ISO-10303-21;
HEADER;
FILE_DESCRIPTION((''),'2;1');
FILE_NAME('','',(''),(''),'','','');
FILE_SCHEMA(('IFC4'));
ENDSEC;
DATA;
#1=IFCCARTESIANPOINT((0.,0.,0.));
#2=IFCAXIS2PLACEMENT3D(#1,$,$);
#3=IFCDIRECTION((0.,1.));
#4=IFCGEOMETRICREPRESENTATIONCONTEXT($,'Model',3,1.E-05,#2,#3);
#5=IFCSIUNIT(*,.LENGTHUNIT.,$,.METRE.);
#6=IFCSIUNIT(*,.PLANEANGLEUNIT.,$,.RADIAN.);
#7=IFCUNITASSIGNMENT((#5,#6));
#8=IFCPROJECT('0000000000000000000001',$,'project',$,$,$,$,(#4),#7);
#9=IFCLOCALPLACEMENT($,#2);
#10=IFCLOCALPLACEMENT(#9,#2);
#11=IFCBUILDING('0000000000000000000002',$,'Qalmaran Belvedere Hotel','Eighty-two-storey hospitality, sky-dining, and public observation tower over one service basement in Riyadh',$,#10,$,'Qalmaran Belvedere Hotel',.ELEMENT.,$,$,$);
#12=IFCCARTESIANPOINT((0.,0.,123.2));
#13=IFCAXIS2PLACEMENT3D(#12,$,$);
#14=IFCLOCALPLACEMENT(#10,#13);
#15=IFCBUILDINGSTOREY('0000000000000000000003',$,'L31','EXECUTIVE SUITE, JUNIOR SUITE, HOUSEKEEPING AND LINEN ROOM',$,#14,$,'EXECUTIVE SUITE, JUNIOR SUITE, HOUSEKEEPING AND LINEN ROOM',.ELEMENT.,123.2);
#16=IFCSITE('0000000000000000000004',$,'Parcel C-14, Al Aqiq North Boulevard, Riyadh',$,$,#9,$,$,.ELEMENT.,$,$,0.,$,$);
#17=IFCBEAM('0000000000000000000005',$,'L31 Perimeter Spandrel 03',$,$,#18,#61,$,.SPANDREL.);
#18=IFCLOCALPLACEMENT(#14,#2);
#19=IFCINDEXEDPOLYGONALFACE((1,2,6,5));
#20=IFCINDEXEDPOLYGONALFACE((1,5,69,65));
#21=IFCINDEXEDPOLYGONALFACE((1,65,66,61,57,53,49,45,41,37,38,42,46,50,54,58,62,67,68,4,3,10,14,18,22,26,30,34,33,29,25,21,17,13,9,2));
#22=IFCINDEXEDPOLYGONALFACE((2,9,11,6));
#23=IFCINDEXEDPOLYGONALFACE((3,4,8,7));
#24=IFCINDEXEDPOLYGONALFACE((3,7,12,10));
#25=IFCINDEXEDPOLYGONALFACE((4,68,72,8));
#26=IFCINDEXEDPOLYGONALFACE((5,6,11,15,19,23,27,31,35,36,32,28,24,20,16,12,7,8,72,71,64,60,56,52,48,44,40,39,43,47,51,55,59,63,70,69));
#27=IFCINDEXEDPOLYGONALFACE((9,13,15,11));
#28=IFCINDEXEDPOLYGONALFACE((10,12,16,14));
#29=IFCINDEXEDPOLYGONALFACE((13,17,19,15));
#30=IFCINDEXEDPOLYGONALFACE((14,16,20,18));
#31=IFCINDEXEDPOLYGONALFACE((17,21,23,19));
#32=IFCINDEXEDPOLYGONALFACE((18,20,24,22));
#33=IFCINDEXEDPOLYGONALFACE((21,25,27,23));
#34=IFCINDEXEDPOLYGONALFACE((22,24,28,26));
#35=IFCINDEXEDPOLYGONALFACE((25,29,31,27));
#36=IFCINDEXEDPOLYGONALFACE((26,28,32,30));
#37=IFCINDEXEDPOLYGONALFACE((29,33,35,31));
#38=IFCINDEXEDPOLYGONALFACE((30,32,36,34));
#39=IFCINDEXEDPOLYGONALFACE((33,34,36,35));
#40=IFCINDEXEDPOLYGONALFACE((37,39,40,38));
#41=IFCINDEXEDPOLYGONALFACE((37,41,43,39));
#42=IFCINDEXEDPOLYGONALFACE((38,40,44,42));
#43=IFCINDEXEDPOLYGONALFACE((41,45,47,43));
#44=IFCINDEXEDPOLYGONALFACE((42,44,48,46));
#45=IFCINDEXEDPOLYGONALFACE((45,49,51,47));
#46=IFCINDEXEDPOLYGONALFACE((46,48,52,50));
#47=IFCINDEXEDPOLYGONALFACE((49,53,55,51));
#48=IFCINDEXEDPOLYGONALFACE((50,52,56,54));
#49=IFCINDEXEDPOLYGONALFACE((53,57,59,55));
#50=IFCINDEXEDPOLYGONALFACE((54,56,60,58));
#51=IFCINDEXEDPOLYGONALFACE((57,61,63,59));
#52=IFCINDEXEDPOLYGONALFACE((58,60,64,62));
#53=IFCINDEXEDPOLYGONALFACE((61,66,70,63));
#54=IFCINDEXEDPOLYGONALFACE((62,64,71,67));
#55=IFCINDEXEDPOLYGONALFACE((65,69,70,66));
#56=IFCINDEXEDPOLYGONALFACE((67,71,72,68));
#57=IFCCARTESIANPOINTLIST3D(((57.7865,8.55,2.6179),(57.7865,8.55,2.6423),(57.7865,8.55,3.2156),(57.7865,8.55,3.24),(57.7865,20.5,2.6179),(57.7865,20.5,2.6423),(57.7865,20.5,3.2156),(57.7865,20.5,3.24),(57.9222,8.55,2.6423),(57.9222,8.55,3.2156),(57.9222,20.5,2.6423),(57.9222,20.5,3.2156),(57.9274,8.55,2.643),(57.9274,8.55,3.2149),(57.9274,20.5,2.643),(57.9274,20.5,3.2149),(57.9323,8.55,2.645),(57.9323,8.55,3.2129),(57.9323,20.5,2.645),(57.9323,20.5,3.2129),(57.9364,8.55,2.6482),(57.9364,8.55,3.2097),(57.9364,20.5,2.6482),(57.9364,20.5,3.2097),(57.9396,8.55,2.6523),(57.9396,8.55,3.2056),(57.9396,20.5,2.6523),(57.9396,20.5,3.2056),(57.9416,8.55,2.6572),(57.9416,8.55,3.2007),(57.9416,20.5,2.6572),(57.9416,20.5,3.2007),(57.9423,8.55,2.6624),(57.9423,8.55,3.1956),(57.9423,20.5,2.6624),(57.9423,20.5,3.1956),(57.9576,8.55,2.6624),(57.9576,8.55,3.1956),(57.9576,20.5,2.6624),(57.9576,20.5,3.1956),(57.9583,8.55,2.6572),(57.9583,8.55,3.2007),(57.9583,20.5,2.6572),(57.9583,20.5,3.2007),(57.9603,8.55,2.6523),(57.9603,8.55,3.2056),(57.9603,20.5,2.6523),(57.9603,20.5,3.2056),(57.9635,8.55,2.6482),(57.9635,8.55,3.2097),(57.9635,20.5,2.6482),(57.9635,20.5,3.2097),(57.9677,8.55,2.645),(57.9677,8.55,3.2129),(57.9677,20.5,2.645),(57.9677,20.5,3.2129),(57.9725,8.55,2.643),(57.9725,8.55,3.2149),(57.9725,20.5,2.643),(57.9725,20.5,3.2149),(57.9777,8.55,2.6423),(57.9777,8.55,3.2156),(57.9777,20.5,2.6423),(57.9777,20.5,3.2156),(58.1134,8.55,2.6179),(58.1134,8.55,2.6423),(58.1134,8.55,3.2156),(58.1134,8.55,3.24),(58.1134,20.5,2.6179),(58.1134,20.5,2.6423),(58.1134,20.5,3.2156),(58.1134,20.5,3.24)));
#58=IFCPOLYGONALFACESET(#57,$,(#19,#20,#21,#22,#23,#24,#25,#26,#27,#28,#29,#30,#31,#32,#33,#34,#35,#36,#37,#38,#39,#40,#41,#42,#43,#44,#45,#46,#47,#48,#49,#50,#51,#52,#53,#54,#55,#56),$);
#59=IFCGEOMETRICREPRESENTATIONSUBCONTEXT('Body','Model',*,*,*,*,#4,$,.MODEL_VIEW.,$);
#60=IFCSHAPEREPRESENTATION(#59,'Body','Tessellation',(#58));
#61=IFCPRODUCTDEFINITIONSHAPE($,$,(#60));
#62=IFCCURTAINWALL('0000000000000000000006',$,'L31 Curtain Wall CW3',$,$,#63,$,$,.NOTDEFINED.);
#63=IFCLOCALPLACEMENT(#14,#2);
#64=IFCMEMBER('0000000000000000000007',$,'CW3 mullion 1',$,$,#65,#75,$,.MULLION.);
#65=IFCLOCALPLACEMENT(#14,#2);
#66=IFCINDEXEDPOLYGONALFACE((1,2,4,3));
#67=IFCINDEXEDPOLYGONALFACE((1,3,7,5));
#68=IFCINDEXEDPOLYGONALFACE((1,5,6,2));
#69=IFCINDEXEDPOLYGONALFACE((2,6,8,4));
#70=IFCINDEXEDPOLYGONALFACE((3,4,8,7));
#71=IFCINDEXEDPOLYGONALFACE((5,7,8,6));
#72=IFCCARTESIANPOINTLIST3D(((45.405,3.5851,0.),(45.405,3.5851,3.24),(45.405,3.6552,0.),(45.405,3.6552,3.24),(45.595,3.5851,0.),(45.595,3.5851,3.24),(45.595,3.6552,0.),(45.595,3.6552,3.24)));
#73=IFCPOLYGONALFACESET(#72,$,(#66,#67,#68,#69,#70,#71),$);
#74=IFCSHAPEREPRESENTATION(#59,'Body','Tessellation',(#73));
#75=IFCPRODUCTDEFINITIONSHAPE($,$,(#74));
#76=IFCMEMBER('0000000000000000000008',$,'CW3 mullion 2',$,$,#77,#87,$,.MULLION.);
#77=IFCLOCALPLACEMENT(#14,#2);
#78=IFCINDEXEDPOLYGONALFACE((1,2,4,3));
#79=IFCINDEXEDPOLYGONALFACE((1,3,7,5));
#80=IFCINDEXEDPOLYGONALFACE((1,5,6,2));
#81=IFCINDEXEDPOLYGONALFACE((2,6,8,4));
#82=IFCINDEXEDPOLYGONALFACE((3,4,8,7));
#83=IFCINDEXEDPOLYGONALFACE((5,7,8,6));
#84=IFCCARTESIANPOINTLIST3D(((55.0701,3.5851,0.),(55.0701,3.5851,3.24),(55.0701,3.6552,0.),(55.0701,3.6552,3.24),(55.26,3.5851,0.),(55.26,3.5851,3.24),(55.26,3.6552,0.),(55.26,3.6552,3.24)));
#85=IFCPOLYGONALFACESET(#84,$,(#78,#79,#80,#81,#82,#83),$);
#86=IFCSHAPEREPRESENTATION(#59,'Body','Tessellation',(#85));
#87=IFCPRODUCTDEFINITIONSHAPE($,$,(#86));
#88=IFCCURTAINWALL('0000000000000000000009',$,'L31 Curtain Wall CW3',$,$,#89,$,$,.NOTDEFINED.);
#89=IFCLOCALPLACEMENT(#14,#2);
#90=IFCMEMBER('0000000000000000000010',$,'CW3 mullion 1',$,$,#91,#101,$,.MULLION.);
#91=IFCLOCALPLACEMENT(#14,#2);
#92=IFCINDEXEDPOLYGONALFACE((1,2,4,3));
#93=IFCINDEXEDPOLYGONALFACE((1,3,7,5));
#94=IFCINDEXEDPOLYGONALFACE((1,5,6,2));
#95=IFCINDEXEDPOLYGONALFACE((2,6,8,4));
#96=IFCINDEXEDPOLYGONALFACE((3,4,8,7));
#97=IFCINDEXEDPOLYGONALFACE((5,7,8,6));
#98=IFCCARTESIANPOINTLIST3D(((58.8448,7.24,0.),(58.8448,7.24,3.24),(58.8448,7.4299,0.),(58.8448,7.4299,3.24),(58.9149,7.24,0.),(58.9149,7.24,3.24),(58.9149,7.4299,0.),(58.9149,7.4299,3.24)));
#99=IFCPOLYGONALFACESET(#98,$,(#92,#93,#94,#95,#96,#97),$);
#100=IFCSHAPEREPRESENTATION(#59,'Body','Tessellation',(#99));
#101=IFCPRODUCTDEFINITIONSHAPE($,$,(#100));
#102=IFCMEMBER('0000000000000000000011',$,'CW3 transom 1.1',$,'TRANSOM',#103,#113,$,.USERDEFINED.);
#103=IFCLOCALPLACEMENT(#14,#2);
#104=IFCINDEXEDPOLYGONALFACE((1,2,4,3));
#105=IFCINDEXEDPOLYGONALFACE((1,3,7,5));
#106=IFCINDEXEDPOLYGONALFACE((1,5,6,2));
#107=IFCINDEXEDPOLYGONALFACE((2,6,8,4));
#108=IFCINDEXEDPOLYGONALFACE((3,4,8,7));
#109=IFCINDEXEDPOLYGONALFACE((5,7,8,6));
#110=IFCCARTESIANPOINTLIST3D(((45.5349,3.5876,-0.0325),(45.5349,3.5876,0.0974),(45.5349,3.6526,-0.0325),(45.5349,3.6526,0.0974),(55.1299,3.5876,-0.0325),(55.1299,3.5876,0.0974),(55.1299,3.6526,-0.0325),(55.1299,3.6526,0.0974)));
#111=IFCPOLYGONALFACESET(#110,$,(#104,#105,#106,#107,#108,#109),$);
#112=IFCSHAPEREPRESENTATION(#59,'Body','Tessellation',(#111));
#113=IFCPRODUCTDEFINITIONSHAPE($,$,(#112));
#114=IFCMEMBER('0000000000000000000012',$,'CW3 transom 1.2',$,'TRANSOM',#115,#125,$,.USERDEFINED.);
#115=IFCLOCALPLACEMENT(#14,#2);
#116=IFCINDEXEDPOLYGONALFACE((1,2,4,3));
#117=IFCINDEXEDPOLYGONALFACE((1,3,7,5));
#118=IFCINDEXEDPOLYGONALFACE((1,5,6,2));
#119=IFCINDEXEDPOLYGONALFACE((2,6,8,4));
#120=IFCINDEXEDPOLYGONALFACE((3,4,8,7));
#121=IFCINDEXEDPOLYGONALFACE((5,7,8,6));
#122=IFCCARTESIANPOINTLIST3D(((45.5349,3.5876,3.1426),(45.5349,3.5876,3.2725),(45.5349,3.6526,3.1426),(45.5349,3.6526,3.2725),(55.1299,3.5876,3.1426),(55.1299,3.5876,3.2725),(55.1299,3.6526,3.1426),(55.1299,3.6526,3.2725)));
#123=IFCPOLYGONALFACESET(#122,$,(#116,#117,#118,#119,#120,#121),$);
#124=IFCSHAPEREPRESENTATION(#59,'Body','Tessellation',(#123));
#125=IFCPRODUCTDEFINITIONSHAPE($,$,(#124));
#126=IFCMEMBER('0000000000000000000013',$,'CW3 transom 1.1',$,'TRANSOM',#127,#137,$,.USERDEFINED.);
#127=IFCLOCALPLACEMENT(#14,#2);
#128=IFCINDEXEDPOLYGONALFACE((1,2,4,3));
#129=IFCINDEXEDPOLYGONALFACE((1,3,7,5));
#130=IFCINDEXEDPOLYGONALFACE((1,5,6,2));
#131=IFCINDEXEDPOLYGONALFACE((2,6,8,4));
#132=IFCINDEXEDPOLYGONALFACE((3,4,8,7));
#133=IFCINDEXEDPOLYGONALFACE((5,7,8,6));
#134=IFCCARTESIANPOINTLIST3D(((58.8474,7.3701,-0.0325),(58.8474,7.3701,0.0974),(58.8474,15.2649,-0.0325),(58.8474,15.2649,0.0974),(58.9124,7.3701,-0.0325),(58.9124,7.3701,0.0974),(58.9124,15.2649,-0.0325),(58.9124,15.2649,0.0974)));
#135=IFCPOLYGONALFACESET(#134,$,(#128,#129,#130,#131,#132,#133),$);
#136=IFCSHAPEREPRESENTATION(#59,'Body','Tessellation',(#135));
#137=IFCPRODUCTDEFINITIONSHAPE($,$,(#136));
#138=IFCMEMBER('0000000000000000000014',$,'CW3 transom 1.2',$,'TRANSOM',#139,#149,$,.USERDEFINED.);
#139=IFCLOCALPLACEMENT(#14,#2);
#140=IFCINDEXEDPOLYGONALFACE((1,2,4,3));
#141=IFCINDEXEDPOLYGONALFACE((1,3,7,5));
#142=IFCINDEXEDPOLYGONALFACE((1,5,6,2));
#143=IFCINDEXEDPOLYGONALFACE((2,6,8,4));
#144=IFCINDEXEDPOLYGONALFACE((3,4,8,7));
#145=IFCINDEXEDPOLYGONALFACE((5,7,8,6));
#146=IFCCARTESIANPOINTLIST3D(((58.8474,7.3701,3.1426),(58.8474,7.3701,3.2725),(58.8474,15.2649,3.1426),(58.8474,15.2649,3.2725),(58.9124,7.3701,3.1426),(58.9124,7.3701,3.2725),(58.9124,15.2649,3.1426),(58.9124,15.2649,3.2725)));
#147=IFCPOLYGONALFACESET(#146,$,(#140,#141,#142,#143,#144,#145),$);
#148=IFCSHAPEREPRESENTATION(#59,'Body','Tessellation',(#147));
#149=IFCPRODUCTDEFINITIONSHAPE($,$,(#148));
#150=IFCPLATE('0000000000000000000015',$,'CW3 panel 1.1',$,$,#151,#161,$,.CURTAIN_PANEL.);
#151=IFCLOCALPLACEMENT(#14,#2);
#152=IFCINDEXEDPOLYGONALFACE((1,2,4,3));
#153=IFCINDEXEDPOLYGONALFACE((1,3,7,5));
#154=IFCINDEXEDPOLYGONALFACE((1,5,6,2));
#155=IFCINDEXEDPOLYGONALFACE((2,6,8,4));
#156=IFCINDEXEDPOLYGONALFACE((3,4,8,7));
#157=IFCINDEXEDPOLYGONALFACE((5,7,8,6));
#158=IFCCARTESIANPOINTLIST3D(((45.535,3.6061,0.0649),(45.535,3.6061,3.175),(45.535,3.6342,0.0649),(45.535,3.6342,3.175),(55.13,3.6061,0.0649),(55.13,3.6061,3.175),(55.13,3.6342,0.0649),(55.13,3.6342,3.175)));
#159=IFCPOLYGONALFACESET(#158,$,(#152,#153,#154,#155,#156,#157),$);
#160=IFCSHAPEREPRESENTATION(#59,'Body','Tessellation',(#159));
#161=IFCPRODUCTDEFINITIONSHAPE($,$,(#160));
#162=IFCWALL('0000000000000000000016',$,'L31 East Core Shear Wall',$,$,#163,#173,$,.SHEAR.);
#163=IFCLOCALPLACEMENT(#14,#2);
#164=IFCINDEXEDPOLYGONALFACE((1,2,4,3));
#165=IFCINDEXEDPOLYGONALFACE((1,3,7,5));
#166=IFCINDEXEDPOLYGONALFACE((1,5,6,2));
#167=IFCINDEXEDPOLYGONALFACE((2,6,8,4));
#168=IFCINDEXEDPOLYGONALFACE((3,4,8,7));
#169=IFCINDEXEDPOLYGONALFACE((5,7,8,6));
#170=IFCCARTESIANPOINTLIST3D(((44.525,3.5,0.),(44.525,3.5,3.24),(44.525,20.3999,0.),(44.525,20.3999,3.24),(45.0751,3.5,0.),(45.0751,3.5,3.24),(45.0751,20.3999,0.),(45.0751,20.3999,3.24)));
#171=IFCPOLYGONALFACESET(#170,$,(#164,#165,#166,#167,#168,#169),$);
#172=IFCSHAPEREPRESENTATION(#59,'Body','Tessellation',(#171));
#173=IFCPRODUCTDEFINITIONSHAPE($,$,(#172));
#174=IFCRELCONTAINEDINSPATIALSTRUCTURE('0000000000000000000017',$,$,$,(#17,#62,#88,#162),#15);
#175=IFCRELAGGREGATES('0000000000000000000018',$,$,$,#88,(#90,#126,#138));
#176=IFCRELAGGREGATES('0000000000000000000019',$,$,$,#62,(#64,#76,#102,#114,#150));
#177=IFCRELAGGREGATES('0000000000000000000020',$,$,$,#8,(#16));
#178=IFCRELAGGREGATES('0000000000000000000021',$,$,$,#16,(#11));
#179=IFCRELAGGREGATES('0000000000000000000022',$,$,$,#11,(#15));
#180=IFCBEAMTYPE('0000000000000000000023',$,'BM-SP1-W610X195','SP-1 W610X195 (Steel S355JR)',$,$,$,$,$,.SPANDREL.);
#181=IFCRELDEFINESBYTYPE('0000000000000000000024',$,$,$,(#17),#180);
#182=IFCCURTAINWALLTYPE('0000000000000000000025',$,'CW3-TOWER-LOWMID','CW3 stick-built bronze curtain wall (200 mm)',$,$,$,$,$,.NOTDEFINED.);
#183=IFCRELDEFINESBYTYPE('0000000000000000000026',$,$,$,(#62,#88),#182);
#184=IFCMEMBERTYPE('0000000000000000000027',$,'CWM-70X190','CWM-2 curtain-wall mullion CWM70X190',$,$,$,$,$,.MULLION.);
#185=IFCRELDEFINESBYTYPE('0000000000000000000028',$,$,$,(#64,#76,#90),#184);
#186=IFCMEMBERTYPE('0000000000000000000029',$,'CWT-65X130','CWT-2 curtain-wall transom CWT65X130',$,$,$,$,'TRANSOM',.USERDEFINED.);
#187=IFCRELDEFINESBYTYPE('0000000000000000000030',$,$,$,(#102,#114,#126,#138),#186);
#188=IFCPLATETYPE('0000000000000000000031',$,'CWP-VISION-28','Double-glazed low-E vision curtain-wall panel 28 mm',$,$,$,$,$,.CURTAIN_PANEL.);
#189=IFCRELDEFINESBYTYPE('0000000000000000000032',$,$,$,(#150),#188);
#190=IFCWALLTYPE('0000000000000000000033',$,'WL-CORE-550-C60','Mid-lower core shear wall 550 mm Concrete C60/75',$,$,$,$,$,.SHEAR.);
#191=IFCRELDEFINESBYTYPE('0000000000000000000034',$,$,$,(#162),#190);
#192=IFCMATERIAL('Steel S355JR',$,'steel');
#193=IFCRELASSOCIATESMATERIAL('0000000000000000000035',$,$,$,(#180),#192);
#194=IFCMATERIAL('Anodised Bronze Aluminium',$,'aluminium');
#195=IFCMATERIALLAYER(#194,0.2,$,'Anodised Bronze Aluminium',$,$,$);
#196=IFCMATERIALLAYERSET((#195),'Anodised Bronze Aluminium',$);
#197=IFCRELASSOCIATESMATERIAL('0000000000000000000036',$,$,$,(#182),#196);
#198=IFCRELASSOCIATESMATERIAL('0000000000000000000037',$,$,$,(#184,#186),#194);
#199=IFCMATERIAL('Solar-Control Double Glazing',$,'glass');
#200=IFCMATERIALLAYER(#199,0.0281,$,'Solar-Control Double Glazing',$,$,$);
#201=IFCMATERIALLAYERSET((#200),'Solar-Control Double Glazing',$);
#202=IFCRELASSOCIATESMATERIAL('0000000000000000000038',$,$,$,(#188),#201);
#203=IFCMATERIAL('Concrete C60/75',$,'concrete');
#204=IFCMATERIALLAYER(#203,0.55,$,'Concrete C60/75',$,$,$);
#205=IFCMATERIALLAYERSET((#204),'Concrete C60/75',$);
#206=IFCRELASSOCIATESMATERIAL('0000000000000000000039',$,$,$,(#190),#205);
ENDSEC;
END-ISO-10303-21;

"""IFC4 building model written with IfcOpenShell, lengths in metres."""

from ifc_helpers import new_model, si_unit, direction, frame, frame_2d, origin, origin_2d, place, context, subcontext, project, spatial, rectangle, i_section, extrude, material, layer, layer_set, material_profile, profile_set, type_object, element, aggregate, save


model = new_model("IFC4")

# Units and contexts
model_context = context("Model", 3, precision=1e-05, world=origin(), true_north=direction((0.0, 1.0)))
body_context = subcontext(model_context, "Body", "Model", "MODEL_VIEW")
ifc_project = project(units=[si_unit("LENGTHUNIT", "METRE"), si_unit("PLANEANGLEUNIT", "RADIAN")], contexts=[model_context])

# Site, building, storey
site_placement = place(None, origin())
site = spatial("IfcSite", under=ifc_project, at=site_placement, Name="Parcel C-14, Al Aqiq North Boulevard, Riyadh", CompositionType="ELEMENT", RefElevation=0.0)
building_placement = place(site_placement, origin())
building = spatial("IfcBuilding", under=site, at=building_placement, Name="Qalmaran Belvedere Hotel", Description="Eighty-two-storey hospitality, sky-dining, and public observation tower over one service basement in Riyadh", LongName="Qalmaran Belvedere Hotel", CompositionType="ELEMENT")
storey_placement = place(building_placement, frame((0.0, 0.0, 123.2)))
storey = spatial("IfcBuildingStorey", under=building, at=storey_placement, Name="L31", Description="EXECUTIVE SUITE, JUNIOR SUITE, HOUSEKEEPING AND LINEN ROOM", LongName="EXECUTIVE SUITE, JUNIOR SUITE, HOUSEKEEPING AND LINEN ROOM", CompositionType="ELEMENT", Elevation=123.2)

# Shared definitions
ifc_material_1 = material(Name="Concrete C60/75", Category="concrete")

# Beam
ifc_material_2 = material(Name="Steel S355JR", Category="steel")
ifc_material_profile_1 = material_profile(ifc_material_2, i_section(OverallWidth=0.3269, OverallDepth=0.6221, WebThickness=0.0154, FlangeThickness=0.0244, FilletRadius=0.02, at=origin_2d()), Name="W610X195")
ifc_profile_set_1 = profile_set([ifc_material_profile_1], Name="Steel S355JR")
beam_type_1 = type_object("IfcBeamType", Name="BM-SP1-W610X195", Description="SP-1 W610X195 (Steel S355JR)", PredefinedType="SPANDREL", material=ifc_profile_set_1)
beam_1_placement = place(storey_placement, frame((57.95, 8.55, 2.929), z_axis=(0.0, 1.0, 0.0), x_axis=(-1.0, 0.0, 0.0)))
element("IfcBeam", 1, at=beam_1_placement, inside=storey, type_object=beam_type_1, Name="L31 Perimeter Spandrel 03", PredefinedType="SPANDREL", context=body_context, shape_type="SweptSolid", body=[
    extrude(i_section(OverallWidth=0.3269, OverallDepth=0.6221, WebThickness=0.0154, FlangeThickness=0.0244, FilletRadius=0.02, at=origin_2d()), origin(), (0.0, 0.0, 1.0), 11.95),
])

# Curtain wall, members
ifc_material_3 = material(Name="Anodised Bronze Aluminium", Category="aluminium")
ifc_layer_1 = layer(ifc_material_3, 0.2, Name="Anodised Bronze Aluminium")
ifc_layer_set_1 = layer_set([ifc_layer_1], Name="Anodised Bronze Aluminium")
curtain_wall_type = type_object("IfcCurtainWallType", Name="CW3-TOWER-LOWMID", Description="CW3 stick-built bronze curtain wall (200 mm)", PredefinedType="NOTDEFINED", material=ifc_layer_set_1)
curtain_wall_1_placement = place(storey_placement, origin())
curtain_wall_1 = element("IfcCurtainWall", 2, at=curtain_wall_1_placement, inside=storey, type_object=curtain_wall_type, Name="L31 Curtain Wall CW3", PredefinedType="NOTDEFINED")
ifc_material_profile_2 = material_profile(ifc_material_3, rectangle(XDim=0.0701, YDim=0.1899, at=origin_2d()), Name="CWM70X190")
ifc_profile_set_2 = profile_set([ifc_material_profile_2], Name="Anodised Bronze Aluminium")
member_type_1 = type_object("IfcMemberType", Name="CWM-70X190", Description="CWM-2 curtain-wall mullion CWM70X190", PredefinedType="MULLION", material=ifc_profile_set_2)
member_1_placement = place(storey_placement, frame((45.5, 3.6201, 0.0), z_axis=(0.0, 0.0, 1.0), x_axis=(0.0, 1.0, 0.0)))
member_1 = element("IfcMember", 3, at=member_1_placement, type_object=member_type_1, Name="CW3 mullion 1", PredefinedType="MULLION", context=body_context, shape_type="SweptSolid", body=[
    extrude(rectangle(XDim=0.0701, YDim=0.1899, at=origin_2d()), origin(), (0.0, 0.0, 1.0), 3.24),
])
member_2_placement = place(storey_placement, frame((55.165, 3.6201, 0.0), z_axis=(0.0, 0.0, 1.0), x_axis=(0.0, 1.0, 0.0)))
member_2 = element("IfcMember", 4, at=member_2_placement, type_object=member_type_1, Name="CW3 mullion 2", PredefinedType="MULLION", context=body_context, shape_type="SweptSolid", body=[
    extrude(rectangle(XDim=0.0701, YDim=0.1899, at=origin_2d()), origin(), (0.0, 0.0, 1.0), 3.24),
])

# Curtain wall, member
curtain_wall_2_placement = place(storey_placement, origin())
curtain_wall_2 = element("IfcCurtainWall", 5, at=curtain_wall_2_placement, inside=storey, type_object=curtain_wall_type, Name="L31 Curtain Wall CW3", PredefinedType="NOTDEFINED")
member_3_placement = place(storey_placement, frame((58.8799, 7.335, 0.0), z_axis=(0.0, 0.0, 1.0), x_axis=(-1.0, 0.0, 0.0)))
member_3 = element("IfcMember", 6, at=member_3_placement, type_object=member_type_1, Name="CW3 mullion 1", PredefinedType="MULLION", context=body_context, shape_type="SweptSolid", body=[
    extrude(rectangle(XDim=0.0701, YDim=0.1899, at=origin_2d()), origin(), (0.0, 0.0, 1.0), 3.24),
])

# Members
ifc_material_profile_3 = material_profile(ifc_material_3, rectangle(XDim=0.0649, YDim=0.1299, at=origin_2d()), Name="CWT65X130")
ifc_profile_set_3 = profile_set([ifc_material_profile_3], Name="Anodised Bronze Aluminium")
member_type_2 = type_object("IfcMemberType", Name="CWT-65X130", Description="CWT-2 curtain-wall transom CWT65X130", ElementType="TRANSOM", PredefinedType="USERDEFINED", material=ifc_profile_set_3)
member_4_placement = place(storey_placement, frame((45.5349, 3.6201, 0.0325), z_axis=(1.0, 0.0, 0.0), x_axis=(0.0, 1.0, 0.0)))
member_4 = element("IfcMember", 7, at=member_4_placement, type_object=member_type_2, Name="CW3 transom 1.1", ObjectType="TRANSOM", PredefinedType="USERDEFINED", context=body_context, shape_type="SweptSolid", body=[
    extrude(rectangle(XDim=0.0649, YDim=0.1299, at=origin_2d()), origin(), (0.0, 0.0, 1.0), 9.595),
])
member_5_placement = place(storey_placement, frame((45.5349, 3.6201, 3.2075), z_axis=(1.0, 0.0, 0.0), x_axis=(0.0, 1.0, 0.0)))
member_5 = element("IfcMember", 8, at=member_5_placement, type_object=member_type_2, Name="CW3 transom 1.2", ObjectType="TRANSOM", PredefinedType="USERDEFINED", context=body_context, shape_type="SweptSolid", body=[
    extrude(rectangle(XDim=0.0649, YDim=0.1299, at=origin_2d()), origin(), (0.0, 0.0, 1.0), 9.595),
])
member_6_placement = place(storey_placement, frame((58.8799, 7.3701, 0.0325), z_axis=(0.0, 1.0, 0.0), x_axis=(-1.0, 0.0, 0.0)))
member_6 = element("IfcMember", 9, at=member_6_placement, type_object=member_type_2, Name="CW3 transom 1.1", ObjectType="TRANSOM", PredefinedType="USERDEFINED", context=body_context, shape_type="SweptSolid", body=[
    extrude(rectangle(XDim=0.0649, YDim=0.1299, at=origin_2d()), origin(), (0.0, 0.0, 1.0), 7.8948),
])
member_7_placement = place(storey_placement, frame((58.8799, 7.3701, 3.2075), z_axis=(0.0, 1.0, 0.0), x_axis=(-1.0, 0.0, 0.0)))
member_7 = element("IfcMember", 10, at=member_7_placement, type_object=member_type_2, Name="CW3 transom 1.2", ObjectType="TRANSOM", PredefinedType="USERDEFINED", context=body_context, shape_type="SweptSolid", body=[
    extrude(rectangle(XDim=0.0649, YDim=0.1299, at=origin_2d()), origin(), (0.0, 0.0, 1.0), 7.8948),
])
aggregate(curtain_wall_2, [member_3, member_6, member_7])

# Plate
ifc_material_4 = material(Name="Solar-Control Double Glazing", Category="glass")
ifc_layer_2 = layer(ifc_material_4, 0.0281, Name="Solar-Control Double Glazing")
ifc_layer_set_2 = layer_set([ifc_layer_2], Name="Solar-Control Double Glazing")
plate_type = type_object("IfcPlateType", Name="CWP-VISION-28", Description="Double-glazed low-E vision curtain-wall panel 28 mm", PredefinedType="CURTAIN_PANEL", material=ifc_layer_set_2)
plate_placement = place(storey_placement, frame((50.3325, 3.6201, 0.0649), z_axis=(0.0, 0.0, 1.0), x_axis=(1.0, 0.0, 0.0)))
plate = element("IfcPlate", 11, at=plate_placement, type_object=plate_type, Name="CW3 panel 1.1", PredefinedType="CURTAIN_PANEL", context=body_context, shape_type="SweptSolid", body=[
    extrude(rectangle(XDim=9.595, YDim=0.0281, at=origin_2d()), origin(), (0.0, 0.0, 1.0), 3.1101),
])
aggregate(curtain_wall_1, [member_1, member_2, member_4, member_5, plate])

# Wall
ifc_layer_3 = layer(ifc_material_1, 0.55, Name="Concrete C60/75")
ifc_layer_set_3 = layer_set([ifc_layer_3], Name="Concrete C60/75")
wall_type_1 = type_object("IfcWallType", Name="WL-CORE-550-C60", Description="Mid-lower core shear wall 550 mm Concrete C60/75", PredefinedType="SHEAR", material=ifc_layer_set_3)
wall_1_placement = place(storey_placement, frame((44.8, 3.5, 0.0), z_axis=(0.0, 0.0, 1.0), x_axis=(0.0, 1.0, 0.0)))
element("IfcWall", 12, at=wall_1_placement, inside=storey, type_object=wall_type_1, Name="L31 East Core Shear Wall", PredefinedType="SHEAR", context=body_context, shape_type="SweptSolid", body=[
    extrude(rectangle(XDim=16.8999, YDim=0.55, at=frame_2d((8.45, 0.0))), origin(), (0.0, 0.0, 1.0), 3.24),
])

save(model, "model.ifc")
